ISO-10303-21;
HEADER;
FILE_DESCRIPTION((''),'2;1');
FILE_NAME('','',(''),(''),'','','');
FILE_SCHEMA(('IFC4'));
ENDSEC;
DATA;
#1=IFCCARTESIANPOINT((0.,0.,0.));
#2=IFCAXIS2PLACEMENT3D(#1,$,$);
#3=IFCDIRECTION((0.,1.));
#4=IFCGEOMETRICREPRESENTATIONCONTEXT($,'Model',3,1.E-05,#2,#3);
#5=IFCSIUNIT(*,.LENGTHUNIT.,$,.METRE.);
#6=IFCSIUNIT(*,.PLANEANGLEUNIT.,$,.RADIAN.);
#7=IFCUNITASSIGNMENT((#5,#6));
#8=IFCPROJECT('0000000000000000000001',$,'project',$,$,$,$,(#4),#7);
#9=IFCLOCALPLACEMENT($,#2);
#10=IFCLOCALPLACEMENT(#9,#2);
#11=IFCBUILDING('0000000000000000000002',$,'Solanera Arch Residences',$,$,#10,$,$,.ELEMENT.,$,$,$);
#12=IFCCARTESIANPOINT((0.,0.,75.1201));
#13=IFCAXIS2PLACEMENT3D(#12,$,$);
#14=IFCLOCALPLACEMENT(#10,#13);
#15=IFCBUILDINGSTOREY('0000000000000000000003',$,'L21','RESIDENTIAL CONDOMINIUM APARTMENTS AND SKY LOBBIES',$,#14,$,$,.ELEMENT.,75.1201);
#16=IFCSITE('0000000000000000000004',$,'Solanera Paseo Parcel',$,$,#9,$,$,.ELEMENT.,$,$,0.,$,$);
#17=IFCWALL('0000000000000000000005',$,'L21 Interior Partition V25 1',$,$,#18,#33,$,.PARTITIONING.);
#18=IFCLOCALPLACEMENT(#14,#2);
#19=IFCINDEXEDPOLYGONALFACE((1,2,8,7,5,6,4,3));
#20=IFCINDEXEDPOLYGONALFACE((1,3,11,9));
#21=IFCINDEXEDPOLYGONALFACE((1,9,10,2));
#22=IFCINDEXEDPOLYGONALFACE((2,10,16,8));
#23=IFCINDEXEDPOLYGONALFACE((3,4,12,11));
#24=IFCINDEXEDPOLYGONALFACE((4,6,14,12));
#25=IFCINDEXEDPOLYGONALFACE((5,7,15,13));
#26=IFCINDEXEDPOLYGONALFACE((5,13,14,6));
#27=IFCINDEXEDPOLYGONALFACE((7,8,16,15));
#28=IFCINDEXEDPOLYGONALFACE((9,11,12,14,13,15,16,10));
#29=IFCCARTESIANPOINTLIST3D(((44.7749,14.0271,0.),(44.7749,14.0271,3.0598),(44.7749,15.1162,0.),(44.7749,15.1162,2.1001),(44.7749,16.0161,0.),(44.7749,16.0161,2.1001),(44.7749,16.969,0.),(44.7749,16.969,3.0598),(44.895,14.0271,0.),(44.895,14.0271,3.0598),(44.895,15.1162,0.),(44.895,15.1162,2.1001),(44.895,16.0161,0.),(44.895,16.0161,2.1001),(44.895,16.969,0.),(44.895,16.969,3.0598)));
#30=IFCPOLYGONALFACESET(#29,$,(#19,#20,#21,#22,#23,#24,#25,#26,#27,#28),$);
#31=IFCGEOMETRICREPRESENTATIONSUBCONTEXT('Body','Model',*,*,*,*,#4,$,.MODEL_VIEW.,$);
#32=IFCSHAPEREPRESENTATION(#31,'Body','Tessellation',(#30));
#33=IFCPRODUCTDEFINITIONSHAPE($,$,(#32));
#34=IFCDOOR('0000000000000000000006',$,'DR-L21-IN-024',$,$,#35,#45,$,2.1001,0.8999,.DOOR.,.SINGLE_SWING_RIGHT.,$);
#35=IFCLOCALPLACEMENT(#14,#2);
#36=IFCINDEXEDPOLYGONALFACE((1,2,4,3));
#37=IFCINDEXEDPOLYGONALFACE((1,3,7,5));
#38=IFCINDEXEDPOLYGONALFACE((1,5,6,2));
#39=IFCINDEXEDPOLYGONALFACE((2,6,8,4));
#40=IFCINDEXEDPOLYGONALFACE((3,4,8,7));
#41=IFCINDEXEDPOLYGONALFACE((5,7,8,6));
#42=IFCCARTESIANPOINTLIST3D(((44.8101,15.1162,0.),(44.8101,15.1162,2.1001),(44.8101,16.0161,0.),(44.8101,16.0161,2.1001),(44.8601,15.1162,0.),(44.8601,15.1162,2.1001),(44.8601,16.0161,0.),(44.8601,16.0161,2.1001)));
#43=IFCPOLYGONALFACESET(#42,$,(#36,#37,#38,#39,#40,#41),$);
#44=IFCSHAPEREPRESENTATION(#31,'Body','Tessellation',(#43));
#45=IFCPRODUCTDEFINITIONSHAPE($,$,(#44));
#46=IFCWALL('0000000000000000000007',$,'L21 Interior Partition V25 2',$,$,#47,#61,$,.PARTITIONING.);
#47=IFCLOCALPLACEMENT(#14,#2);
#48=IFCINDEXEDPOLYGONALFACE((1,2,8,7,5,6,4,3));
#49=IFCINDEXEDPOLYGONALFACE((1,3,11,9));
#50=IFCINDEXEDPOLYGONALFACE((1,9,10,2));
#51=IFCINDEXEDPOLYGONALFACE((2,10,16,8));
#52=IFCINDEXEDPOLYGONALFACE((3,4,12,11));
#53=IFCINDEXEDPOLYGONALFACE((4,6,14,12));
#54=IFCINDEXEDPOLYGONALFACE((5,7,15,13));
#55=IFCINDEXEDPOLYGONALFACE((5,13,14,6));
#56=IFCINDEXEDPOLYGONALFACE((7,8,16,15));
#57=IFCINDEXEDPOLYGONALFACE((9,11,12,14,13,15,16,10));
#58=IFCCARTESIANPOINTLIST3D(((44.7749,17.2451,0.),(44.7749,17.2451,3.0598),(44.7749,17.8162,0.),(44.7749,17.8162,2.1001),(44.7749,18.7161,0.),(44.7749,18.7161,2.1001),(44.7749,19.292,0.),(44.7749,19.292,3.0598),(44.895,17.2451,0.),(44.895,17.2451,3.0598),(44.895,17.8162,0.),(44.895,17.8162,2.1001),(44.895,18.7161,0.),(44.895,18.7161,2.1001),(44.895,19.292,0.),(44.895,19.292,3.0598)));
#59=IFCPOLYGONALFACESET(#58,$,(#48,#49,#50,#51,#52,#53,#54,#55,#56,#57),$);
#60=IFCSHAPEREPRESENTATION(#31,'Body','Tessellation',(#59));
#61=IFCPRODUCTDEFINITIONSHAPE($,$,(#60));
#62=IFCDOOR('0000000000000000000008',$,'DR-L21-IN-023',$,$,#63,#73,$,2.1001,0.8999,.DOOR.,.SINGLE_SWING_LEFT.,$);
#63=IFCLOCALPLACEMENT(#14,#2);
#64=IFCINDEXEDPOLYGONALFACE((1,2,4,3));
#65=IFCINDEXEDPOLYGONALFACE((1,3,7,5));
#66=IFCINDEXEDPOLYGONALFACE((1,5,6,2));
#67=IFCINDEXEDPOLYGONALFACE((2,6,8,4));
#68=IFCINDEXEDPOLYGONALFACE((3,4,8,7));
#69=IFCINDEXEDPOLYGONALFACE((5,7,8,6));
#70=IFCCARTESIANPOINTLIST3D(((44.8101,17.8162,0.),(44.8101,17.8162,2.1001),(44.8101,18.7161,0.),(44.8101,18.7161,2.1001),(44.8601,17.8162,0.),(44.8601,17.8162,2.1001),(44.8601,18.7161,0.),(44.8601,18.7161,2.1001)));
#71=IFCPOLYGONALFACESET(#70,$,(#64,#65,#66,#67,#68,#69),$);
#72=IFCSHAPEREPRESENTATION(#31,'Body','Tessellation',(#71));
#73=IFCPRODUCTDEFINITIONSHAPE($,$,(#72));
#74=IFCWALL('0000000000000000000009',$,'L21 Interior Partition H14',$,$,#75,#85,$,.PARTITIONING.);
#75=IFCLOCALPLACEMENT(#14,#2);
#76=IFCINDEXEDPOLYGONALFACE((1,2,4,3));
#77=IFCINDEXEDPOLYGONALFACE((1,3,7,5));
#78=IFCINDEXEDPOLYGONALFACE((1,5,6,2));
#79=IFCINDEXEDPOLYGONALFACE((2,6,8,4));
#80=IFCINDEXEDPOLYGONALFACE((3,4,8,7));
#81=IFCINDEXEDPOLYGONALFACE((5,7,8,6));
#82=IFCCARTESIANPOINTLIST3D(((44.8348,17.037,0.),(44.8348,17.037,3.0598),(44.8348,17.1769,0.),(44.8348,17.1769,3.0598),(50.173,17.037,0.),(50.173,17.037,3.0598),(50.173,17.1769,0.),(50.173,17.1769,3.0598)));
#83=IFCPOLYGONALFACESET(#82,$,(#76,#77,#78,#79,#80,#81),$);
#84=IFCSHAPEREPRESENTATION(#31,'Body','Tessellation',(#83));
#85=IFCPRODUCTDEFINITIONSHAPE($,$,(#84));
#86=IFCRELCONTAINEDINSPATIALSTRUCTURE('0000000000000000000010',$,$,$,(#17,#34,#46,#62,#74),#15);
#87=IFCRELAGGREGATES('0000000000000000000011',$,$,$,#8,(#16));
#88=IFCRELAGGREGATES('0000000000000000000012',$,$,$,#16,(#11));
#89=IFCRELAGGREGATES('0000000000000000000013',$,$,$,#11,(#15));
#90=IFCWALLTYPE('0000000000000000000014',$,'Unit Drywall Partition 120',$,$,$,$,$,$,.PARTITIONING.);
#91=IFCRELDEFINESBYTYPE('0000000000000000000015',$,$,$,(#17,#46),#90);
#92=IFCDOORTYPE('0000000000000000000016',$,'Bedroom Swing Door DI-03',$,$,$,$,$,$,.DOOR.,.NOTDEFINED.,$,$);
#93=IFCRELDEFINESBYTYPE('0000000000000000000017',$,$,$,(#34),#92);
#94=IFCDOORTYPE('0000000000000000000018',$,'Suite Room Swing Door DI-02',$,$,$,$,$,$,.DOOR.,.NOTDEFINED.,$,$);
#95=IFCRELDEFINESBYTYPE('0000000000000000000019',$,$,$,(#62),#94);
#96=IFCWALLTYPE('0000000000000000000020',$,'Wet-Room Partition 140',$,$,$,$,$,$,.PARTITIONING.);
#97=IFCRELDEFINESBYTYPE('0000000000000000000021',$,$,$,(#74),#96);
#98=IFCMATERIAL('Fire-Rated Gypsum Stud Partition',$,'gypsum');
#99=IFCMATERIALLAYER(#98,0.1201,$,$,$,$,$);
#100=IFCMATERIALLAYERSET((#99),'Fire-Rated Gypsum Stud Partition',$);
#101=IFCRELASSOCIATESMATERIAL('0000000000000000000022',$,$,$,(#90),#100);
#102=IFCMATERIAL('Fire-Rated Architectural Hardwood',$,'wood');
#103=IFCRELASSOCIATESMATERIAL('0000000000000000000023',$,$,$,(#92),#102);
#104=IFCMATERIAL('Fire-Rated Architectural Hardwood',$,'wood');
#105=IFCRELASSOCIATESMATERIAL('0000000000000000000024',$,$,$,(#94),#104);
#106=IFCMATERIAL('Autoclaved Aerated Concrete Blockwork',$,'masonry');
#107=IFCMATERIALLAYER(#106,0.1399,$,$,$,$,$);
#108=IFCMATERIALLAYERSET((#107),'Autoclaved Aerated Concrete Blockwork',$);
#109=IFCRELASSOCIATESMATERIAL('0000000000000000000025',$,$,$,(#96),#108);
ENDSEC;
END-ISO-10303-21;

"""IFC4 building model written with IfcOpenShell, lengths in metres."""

from ifc_helpers import new_model, si_unit, direction, frame, frame_2d, origin, place, context, subcontext, project, spatial, rectangle, extrude, material, layer, layer_set, type_object, element, fill, save


model = new_model("IFC4")

# Units and contexts
model_context = context("Model", 3, precision=1e-05, world=origin(), true_north=direction((0.0, 1.0)))
body_context = subcontext(model_context, "Body", "Model", "MODEL_VIEW")
ifc_project = project(units=[si_unit("LENGTHUNIT", "METRE"), si_unit("PLANEANGLEUNIT", "RADIAN")], contexts=[model_context])

# Site, building, storey
site_placement = place(None, origin())
site = spatial("IfcSite", under=ifc_project, at=site_placement, Name="Solanera Paseo Parcel", CompositionType="ELEMENT", RefElevation=0.0)
building_placement = place(site_placement, origin())
building = spatial("IfcBuilding", under=site, at=building_placement, Name="Solanera Arch Residences", CompositionType="ELEMENT")
storey_placement = place(building_placement, frame((0.0, 0.0, 75.1201)))
storey = spatial("IfcBuildingStorey", under=building, at=storey_placement, Name="L21", Description="RESIDENTIAL CONDOMINIUM APARTMENTS AND SKY LOBBIES", CompositionType="ELEMENT", Elevation=75.1201)

# Shared definitions
ifc_material_1 = material(Name="Fire-Rated Gypsum Stud Partition", Category="gypsum")
ifc_layer_1 = layer(ifc_material_1, 0.1201)
ifc_layer_set_1 = layer_set([ifc_layer_1], Name="Fire-Rated Gypsum Stud Partition")
wall_type_1 = type_object("IfcWallType", Name="Unit Drywall Partition 120", PredefinedType="PARTITIONING", material=ifc_layer_set_1)

# Walls, openings, doors
wall_1_placement = place(storey_placement, frame((44.835, 14.0271, 0.0), z_axis=(0.0, 0.0, 1.0), x_axis=(0.0, 1.0, 0.0)))
wall_1 = element("IfcWall", 1, at=wall_1_placement, inside=storey, type_object=wall_type_1, Name="L21 Interior Partition V25 1", PredefinedType="PARTITIONING", context=body_context, shape_type="SweptSolid", body=[
    extrude(rectangle(XDim=2.9419, YDim=0.1201, at=frame_2d((1.4709, 0.0))), origin(), (0.0, 0.0, 1.0), 3.0598),
])
opening_1_placement = place(wall_1_placement, frame((1.0891, 0.0, 0.0)))
opening_1 = element("IfcOpeningElement", 2, at=opening_1_placement, cuts=wall_1, PredefinedType="OPENING", context=body_context, shape_type="SweptSolid", body=[
    extrude(rectangle(XDim=0.8999, YDim=2.1001, at=frame_2d((0.45, 1.05))), frame((0.0, 0.0701, 0.0), z_axis=(0.0, -1.0, 0.0), x_axis=(1.0, 0.0, 0.0)), (0.0, 0.0, 1.0), 0.1401),
])
ifc_material_2 = material(Name="Fire-Rated Architectural Hardwood", Category="wood")
door_type_1 = type_object("IfcDoorType", Name="Bedroom Swing Door DI-03", OperationType="NOTDEFINED", PredefinedType="DOOR", material=ifc_material_2)
door_1_placement = place(opening_1_placement, origin())
door_1 = element("IfcDoor", 3, at=door_1_placement, inside=storey, type_object=door_type_1, Name="DR-L21-IN-024", OperationType="SINGLE_SWING_RIGHT", OverallHeight=2.1001, OverallWidth=0.8999, PredefinedType="DOOR", context=body_context, shape_type="SweptSolid", body=[
    extrude(rectangle(XDim=0.8999, YDim=2.1001, at=frame_2d((0.45, 1.05))), frame((0.0, 0.0249, 0.0), z_axis=(0.0, -1.0, 0.0), x_axis=(1.0, 0.0, 0.0)), (0.0, 0.0, 1.0), 0.05),
])
fill(opening_1, door_1)
wall_2_placement = place(storey_placement, frame((44.835, 17.2451, 0.0), z_axis=(0.0, 0.0, 1.0), x_axis=(0.0, 1.0, 0.0)))
wall_2 = element("IfcWall", 4, at=wall_2_placement, inside=storey, type_object=wall_type_1, Name="L21 Interior Partition V25 2", PredefinedType="PARTITIONING", context=body_context, shape_type="SweptSolid", body=[
    extrude(rectangle(XDim=2.0469, YDim=0.1201, at=frame_2d((1.0234, 0.0))), origin(), (0.0, 0.0, 1.0), 3.0598),
])
opening_2_placement = place(wall_2_placement, frame((0.571, 0.0, 0.0)))
opening_2 = element("IfcOpeningElement", 5, at=opening_2_placement, cuts=wall_2, PredefinedType="OPENING", context=body_context, shape_type="SweptSolid", body=[
    extrude(rectangle(XDim=0.8999, YDim=2.1001, at=frame_2d((0.45, 1.05))), frame((0.0, 0.0701, 0.0), z_axis=(0.0, -1.0, 0.0), x_axis=(1.0, 0.0, 0.0)), (0.0, 0.0, 1.0), 0.1401),
])
ifc_material_3 = material(Name="Fire-Rated Architectural Hardwood", Category="wood")
door_type_2 = type_object("IfcDoorType", Name="Suite Room Swing Door DI-02", OperationType="NOTDEFINED", PredefinedType="DOOR", material=ifc_material_3)
door_2_placement = place(opening_2_placement, origin())
door_2 = element("IfcDoor", 6, at=door_2_placement, inside=storey, type_object=door_type_2, Name="DR-L21-IN-023", OperationType="SINGLE_SWING_LEFT", OverallHeight=2.1001, OverallWidth=0.8999, PredefinedType="DOOR", context=body_context, shape_type="SweptSolid", body=[
    extrude(rectangle(XDim=0.8999, YDim=2.1001, at=frame_2d((0.45, 1.05))), frame((0.0, 0.0249, 0.0), z_axis=(0.0, -1.0, 0.0), x_axis=(1.0, 0.0, 0.0)), (0.0, 0.0, 1.0), 0.05),
])
fill(opening_2, door_2)

# Wall
ifc_material_4 = material(Name="Autoclaved Aerated Concrete Blockwork", Category="masonry")
ifc_layer_2 = layer(ifc_material_4, 0.1399)
ifc_layer_set_2 = layer_set([ifc_layer_2], Name="Autoclaved Aerated Concrete Blockwork")
wall_type_2 = type_object("IfcWallType", Name="Wet-Room Partition 140", PredefinedType="PARTITIONING", material=ifc_layer_set_2)
wall_3_placement = place(storey_placement, frame((44.835, 17.1069, 0.0), z_axis=(0.0, 0.0, 1.0), x_axis=(1.0, 0.0, 0.0)))
element("IfcWall", 7, at=wall_3_placement, inside=storey, type_object=wall_type_2, Name="L21 Interior Partition H14", PredefinedType="PARTITIONING", context=body_context, shape_type="SweptSolid", body=[
    extrude(rectangle(XDim=5.3381, YDim=0.1399, at=frame_2d((2.6689, 0.0))), origin(), (0.0, 0.0, 1.0), 3.0598),
])

save(model, "model.ifc")
